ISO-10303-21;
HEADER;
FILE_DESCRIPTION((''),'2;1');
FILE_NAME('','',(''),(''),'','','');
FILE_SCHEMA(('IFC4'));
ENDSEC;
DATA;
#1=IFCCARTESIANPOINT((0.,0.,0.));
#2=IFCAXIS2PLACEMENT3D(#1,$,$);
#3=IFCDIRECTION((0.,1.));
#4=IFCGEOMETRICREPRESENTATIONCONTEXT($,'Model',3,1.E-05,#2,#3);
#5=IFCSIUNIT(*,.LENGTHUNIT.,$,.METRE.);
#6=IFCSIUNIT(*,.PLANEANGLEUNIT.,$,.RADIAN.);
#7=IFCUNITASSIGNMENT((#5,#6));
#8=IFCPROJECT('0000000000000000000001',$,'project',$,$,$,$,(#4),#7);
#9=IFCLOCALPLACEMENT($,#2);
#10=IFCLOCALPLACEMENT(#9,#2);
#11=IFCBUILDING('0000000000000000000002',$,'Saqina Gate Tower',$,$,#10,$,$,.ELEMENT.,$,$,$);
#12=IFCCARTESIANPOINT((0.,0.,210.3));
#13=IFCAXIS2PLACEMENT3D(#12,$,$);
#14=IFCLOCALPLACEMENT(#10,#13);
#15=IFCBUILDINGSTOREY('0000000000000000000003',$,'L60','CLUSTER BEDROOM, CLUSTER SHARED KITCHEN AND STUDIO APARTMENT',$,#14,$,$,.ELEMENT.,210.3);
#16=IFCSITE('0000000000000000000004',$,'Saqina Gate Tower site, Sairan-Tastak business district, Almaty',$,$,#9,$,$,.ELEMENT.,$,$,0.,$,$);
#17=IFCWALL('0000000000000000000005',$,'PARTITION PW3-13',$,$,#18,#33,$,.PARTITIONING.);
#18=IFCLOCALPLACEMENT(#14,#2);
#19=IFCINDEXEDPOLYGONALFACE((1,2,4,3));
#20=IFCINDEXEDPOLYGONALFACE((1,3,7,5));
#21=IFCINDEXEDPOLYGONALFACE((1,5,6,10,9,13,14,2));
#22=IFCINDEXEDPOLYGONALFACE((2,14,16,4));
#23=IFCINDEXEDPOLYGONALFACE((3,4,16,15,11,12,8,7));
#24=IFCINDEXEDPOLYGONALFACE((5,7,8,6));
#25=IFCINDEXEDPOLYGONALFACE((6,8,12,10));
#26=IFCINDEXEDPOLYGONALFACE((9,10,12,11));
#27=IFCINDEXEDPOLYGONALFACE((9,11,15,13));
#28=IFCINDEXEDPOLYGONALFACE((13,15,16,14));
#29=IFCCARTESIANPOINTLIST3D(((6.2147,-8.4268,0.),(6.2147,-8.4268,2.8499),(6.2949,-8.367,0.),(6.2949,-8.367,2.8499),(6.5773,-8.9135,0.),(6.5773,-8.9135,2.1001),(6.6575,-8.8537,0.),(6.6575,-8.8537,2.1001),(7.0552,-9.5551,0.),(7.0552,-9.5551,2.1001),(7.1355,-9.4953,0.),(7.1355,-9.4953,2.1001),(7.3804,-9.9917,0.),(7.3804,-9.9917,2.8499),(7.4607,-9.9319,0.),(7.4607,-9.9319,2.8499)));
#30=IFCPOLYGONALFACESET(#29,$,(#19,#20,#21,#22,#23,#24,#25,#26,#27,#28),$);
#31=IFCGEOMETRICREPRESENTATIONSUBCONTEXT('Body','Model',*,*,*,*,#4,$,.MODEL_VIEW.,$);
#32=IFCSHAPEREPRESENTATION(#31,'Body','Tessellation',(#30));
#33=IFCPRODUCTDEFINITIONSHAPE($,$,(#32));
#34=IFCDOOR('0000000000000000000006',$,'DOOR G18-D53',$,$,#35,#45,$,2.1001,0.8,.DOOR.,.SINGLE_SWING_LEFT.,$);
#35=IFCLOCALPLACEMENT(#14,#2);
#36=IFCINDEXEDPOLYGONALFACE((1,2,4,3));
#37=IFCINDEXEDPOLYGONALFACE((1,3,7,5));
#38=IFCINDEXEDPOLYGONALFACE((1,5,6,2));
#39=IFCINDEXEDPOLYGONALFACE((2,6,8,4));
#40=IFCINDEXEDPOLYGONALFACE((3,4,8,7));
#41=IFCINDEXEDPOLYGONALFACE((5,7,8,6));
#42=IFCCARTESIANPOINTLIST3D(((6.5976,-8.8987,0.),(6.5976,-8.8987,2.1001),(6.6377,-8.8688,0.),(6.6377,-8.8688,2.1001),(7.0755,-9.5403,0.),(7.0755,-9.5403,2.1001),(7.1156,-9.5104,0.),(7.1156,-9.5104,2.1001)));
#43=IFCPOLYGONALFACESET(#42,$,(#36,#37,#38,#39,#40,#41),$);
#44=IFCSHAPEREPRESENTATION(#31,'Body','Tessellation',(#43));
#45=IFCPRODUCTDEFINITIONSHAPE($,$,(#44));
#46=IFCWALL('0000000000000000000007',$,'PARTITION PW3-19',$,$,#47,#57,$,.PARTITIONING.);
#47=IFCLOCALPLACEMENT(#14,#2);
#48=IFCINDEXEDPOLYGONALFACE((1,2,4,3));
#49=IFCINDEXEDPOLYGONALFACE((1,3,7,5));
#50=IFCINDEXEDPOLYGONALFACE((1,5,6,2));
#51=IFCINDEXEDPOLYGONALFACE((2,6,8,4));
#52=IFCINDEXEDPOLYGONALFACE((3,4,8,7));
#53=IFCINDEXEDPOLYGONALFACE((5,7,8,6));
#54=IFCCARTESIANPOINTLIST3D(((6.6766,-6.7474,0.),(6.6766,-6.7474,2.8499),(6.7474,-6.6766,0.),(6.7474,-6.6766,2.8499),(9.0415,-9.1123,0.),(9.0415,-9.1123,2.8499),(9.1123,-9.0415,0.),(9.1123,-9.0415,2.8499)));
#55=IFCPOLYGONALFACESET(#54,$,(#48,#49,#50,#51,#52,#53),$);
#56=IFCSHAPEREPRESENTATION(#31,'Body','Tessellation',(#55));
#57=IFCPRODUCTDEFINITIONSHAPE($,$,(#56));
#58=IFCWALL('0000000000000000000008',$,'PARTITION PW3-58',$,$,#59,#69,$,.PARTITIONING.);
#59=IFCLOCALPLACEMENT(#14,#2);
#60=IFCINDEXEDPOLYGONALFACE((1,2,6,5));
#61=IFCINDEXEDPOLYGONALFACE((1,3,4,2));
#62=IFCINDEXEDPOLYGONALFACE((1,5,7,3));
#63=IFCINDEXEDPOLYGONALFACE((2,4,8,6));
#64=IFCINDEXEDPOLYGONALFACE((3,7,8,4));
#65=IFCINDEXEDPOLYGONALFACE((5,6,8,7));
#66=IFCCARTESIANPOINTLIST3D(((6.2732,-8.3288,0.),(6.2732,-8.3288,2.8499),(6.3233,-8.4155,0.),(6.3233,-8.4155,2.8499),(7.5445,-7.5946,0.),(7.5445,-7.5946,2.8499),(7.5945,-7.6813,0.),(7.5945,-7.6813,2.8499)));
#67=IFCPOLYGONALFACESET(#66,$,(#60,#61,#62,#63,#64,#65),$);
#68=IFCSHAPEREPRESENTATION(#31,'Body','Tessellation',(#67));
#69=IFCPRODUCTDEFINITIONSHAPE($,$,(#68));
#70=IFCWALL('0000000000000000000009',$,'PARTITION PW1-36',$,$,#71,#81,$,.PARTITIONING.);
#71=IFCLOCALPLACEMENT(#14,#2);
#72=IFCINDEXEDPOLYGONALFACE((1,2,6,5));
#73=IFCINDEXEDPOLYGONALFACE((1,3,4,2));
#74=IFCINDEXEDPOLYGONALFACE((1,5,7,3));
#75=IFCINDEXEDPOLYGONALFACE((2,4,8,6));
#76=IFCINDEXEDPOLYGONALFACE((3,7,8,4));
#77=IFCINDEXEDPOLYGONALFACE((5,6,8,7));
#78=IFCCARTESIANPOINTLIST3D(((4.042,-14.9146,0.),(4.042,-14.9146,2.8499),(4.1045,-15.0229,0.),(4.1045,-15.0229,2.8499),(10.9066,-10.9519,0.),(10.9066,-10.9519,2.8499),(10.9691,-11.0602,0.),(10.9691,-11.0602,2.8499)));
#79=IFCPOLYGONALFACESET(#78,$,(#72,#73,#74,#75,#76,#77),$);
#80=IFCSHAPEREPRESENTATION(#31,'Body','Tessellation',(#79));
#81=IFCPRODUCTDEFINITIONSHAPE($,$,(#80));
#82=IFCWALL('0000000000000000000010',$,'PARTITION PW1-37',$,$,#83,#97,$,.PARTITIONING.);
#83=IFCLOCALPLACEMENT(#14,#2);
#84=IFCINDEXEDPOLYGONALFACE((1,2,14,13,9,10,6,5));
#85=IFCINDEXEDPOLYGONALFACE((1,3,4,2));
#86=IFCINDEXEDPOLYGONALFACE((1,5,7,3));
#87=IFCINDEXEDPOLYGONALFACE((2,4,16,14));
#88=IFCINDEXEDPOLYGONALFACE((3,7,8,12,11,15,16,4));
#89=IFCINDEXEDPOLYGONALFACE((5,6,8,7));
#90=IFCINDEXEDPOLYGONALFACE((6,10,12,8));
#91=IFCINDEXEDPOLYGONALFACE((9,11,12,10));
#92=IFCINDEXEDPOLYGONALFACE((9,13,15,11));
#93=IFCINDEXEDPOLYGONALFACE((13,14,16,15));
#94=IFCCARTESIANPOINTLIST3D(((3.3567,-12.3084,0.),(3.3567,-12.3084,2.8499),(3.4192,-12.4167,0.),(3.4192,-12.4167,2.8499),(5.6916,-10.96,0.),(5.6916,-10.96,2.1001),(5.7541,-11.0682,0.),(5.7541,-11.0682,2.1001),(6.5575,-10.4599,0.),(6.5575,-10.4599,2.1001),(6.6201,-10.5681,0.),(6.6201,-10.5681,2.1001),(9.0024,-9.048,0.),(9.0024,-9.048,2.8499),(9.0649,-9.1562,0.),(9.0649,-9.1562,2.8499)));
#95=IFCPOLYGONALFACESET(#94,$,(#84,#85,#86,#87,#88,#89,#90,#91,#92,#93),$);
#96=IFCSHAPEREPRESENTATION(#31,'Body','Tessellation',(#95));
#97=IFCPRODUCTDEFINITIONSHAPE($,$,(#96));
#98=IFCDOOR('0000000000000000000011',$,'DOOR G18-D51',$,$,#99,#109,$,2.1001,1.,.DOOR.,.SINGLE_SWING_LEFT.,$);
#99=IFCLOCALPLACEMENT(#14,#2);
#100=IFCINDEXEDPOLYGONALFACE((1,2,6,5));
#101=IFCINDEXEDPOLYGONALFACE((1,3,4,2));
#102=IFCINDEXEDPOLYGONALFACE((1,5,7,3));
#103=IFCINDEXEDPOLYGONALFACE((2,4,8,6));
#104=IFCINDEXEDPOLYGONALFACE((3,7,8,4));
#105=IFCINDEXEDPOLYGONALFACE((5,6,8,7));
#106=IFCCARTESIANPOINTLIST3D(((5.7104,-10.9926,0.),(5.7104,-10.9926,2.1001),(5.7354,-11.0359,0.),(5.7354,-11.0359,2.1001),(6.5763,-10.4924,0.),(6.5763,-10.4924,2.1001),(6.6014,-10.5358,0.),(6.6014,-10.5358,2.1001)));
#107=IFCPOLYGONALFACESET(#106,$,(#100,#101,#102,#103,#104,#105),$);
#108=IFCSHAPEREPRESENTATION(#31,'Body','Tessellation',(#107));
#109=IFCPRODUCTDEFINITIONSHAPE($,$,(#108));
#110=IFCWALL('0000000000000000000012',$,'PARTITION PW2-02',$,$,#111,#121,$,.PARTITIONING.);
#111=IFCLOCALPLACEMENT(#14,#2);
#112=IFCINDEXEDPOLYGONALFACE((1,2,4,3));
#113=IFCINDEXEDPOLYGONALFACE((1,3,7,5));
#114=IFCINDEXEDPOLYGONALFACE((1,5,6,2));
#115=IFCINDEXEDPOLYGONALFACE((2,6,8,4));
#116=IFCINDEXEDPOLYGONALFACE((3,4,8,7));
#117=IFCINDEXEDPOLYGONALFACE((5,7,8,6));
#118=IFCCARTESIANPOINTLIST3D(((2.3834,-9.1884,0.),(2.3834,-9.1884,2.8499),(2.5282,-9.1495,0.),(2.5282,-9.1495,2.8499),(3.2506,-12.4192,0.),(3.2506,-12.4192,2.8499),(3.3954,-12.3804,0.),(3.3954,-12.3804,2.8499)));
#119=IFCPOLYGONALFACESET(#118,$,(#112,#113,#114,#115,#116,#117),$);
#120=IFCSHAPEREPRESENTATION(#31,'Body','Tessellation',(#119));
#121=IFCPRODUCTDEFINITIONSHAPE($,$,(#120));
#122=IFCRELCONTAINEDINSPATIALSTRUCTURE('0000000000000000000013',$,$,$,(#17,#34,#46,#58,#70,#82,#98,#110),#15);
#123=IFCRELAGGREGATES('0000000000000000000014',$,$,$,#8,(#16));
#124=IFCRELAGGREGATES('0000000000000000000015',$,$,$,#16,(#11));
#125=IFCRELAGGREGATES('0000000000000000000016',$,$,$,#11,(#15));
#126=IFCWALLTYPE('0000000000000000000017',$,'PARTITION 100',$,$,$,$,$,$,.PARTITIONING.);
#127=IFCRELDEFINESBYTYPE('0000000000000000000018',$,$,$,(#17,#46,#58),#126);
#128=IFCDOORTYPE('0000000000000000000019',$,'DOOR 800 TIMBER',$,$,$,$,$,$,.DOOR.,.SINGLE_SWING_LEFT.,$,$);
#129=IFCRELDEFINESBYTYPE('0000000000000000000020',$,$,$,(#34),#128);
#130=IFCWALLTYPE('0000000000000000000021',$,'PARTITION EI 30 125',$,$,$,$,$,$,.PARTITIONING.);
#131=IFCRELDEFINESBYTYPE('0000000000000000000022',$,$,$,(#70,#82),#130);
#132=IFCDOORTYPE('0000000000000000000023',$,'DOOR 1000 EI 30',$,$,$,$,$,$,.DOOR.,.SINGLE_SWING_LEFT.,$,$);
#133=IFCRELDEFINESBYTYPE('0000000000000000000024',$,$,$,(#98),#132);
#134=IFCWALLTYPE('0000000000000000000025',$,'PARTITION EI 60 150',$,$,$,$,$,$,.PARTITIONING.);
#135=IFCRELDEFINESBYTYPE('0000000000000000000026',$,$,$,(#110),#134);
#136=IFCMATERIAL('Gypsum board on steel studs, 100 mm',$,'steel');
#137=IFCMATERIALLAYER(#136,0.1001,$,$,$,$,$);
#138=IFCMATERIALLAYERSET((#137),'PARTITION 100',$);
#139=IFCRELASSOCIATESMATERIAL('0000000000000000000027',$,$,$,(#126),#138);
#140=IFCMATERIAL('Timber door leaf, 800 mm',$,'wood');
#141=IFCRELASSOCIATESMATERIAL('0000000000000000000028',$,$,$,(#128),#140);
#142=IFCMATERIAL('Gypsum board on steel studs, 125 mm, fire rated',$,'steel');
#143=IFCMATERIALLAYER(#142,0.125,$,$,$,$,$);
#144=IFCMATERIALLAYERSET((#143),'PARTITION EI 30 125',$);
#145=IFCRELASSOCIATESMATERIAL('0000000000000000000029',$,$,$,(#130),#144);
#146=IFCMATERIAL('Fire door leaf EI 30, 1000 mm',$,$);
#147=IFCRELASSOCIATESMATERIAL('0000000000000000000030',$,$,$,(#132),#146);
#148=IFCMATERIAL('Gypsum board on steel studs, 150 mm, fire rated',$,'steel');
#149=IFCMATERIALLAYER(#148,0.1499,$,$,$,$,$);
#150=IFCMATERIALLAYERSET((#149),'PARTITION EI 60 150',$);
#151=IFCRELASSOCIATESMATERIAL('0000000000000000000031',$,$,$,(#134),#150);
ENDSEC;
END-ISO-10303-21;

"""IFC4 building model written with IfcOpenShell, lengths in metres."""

from ifc_helpers import new_model, si_unit, direction, frame, frame_2d, origin, place, context, subcontext, project, spatial, rectangle, extrude, material, layer, layer_set, type_object, element, fill, save


model = new_model("IFC4")

# Units and contexts
model_context = context("Model", 3, precision=1e-05, world=origin(), true_north=direction((0.0, 1.0)))
body_context = subcontext(model_context, "Body", "Model", "MODEL_VIEW")
ifc_project = project(units=[si_unit("LENGTHUNIT", "METRE"), si_unit("PLANEANGLEUNIT", "RADIAN")], contexts=[model_context])

# Site, building, storey
site_placement = place(None, origin())
site = spatial("IfcSite", under=ifc_project, at=site_placement, Name="Saqina Gate Tower site, Sairan-Tastak business district, Almaty", CompositionType="ELEMENT", RefElevation=0.0)
building_placement = place(site_placement, origin())
building = spatial("IfcBuilding", under=site, at=building_placement, Name="Saqina Gate Tower", CompositionType="ELEMENT")
storey_placement = place(building_placement, frame((0.0, 0.0, 210.3)))
storey = spatial("IfcBuildingStorey", under=building, at=storey_placement, Name="L60", Description="CLUSTER BEDROOM, CLUSTER SHARED KITCHEN AND STUDIO APARTMENT", CompositionType="ELEMENT", Elevation=210.3)

# Shared definitions
ifc_material_1 = material(Name="Gypsum board on steel studs, 100 mm", Category="steel")
ifc_layer_1 = layer(ifc_material_1, 0.1001)
ifc_layer_set_1 = layer_set([ifc_layer_1], Name="PARTITION 100")
wall_type_1 = type_object("IfcWallType", Name="PARTITION 100", PredefinedType="PARTITIONING", material=ifc_layer_set_1)

# Wall, opening, door
wall_1_placement = place(storey_placement, frame((6.2549, -8.397, 0.0), z_axis=(0.0, 0.0, 1.0), x_axis=(0.597395, -0.801947, 0.0)))
wall_1 = element("IfcWall", 1, at=wall_1_placement, inside=storey, type_object=wall_type_1, Name="PARTITION PW3-13", PredefinedType="PARTITIONING", context=body_context, shape_type="SweptSolid", body=[
    extrude(rectangle(XDim=1.9514, YDim=0.1001, at=frame_2d((0.9756, 0.0))), origin(), (0.0, 0.0, 1.0), 2.8499),
])
opening_1_placement = place(wall_1_placement, frame((0.6069, 0.0, 0.0)))
opening_1 = element("IfcOpeningElement", 2, at=opening_1_placement, cuts=wall_1, PredefinedType="OPENING", context=body_context, shape_type="SweptSolid", body=[
    extrude(rectangle(XDim=0.8, YDim=2.1001, at=frame_2d((0.3999, 1.05))), frame((0.0, 0.062, 0.0), z_axis=(0.0, -1.0, 0.0), x_axis=(1.0, 0.0, 0.0)), (0.0, 0.0, 1.0), 0.124),
])
ifc_material_2 = material(Name="Timber door leaf, 800 mm", Category="wood")
door_type_1 = type_object("IfcDoorType", Name="DOOR 800 TIMBER", OperationType="SINGLE_SWING_LEFT", PredefinedType="DOOR", material=ifc_material_2)
door_1_placement = place(opening_1_placement, frame((0.8, 0.0, 0.0), z_axis=(0.0, 0.0, 1.0), x_axis=(-1.0, 0.0, 0.0)))
door_1 = element("IfcDoor", 3, at=door_1_placement, inside=storey, type_object=door_type_1, Name="DOOR G18-D53", OperationType="SINGLE_SWING_LEFT", OverallHeight=2.1001, OverallWidth=0.8, PredefinedType="DOOR", context=body_context, shape_type="SweptSolid", body=[
    extrude(rectangle(XDim=0.8, YDim=2.1001, at=frame_2d((0.3999, 1.05))), frame((0.0, 0.0249, 0.0), z_axis=(0.0, -1.0, 0.0), x_axis=(1.0, 0.0, 0.0)), (0.0, 0.0, 1.0), 0.05),
])
fill(opening_1, door_1)

# Walls
wall_2_placement = place(storey_placement, frame((6.7119, -6.7119, 0.0), z_axis=(0.0, 0.0, 1.0), x_axis=(0.707107, -0.707107, 0.0)))
element("IfcWall", 4, at=wall_2_placement, inside=storey, type_object=wall_type_1, Name="PARTITION PW3-19", PredefinedType="PARTITIONING", context=body_context, shape_type="SweptSolid", body=[
    extrude(rectangle(XDim=3.3445, YDim=0.1001, at=frame_2d((1.6724, 0.0))), origin(), (0.0, 0.0, 1.0), 2.8499),
])
wall_3_placement = place(storey_placement, frame((6.2983, -8.3721, 0.0), z_axis=(0.0, 0.0, 1.0), x_axis=(0.865972, 0.500092, 0.0)))
element("IfcWall", 5, at=wall_3_placement, inside=storey, type_object=wall_type_1, Name="PARTITION PW3-58", PredefinedType="PARTITIONING", context=body_context, shape_type="SweptSolid", body=[
    extrude(rectangle(XDim=1.468, YDim=0.1001, at=frame_2d((0.7339, 0.0))), origin(), (0.0, 0.0, 1.0), 2.8499),
])
ifc_material_3 = material(Name="Gypsum board on steel studs, 125 mm, fire rated", Category="steel")
ifc_layer_2 = layer(ifc_material_3, 0.125)
ifc_layer_set_2 = layer_set([ifc_layer_2], Name="PARTITION EI 30 125")
wall_type_2 = type_object("IfcWallType", Name="PARTITION EI 30 125", PredefinedType="PARTITIONING", material=ifc_layer_set_2)
wall_4_placement = place(storey_placement, frame((4.0732, -14.9688, 0.0), z_axis=(0.0, 0.0, 1.0), x_axis=(0.866057, 0.499946, 0.0)))
element("IfcWall", 6, at=wall_4_placement, inside=storey, type_object=wall_type_2, Name="PARTITION PW1-36", PredefinedType="PARTITIONING", context=body_context, shape_type="SweptSolid", body=[
    extrude(rectangle(XDim=7.9263, YDim=0.125, at=frame_2d((3.9631, 0.0))), origin(), (0.0, 0.0, 1.0), 2.8499),
])

# Wall, opening, door
wall_5_placement = place(storey_placement, frame((3.3879, -12.3625, 0.0), z_axis=(0.0, 0.0, 1.0), x_axis=(0.865964, 0.500106, 0.0)))
wall_5 = element("IfcWall", 7, at=wall_5_placement, inside=storey, type_object=wall_type_2, Name="PARTITION PW1-37", PredefinedType="PARTITIONING", context=body_context, shape_type="SweptSolid", body=[
    extrude(rectangle(XDim=6.5195, YDim=0.125, at=frame_2d((3.2598, 0.0))), origin(), (0.0, 0.0, 1.0), 2.8499),
])
opening_2_placement = place(wall_5_placement, frame((2.6963, 0.0, 0.0)))
opening_2 = element("IfcOpeningElement", 8, at=opening_2_placement, cuts=wall_5, PredefinedType="OPENING", context=body_context, shape_type="SweptSolid", body=[
    extrude(rectangle(XDim=1.0, YDim=2.1001, at=frame_2d((0.5, 1.05))), frame((0.0, 0.0745, 0.0), z_axis=(0.0, -1.0, 0.0), x_axis=(1.0, 0.0, 0.0)), (0.0, 0.0, 1.0), 0.1489),
])
ifc_material_4 = material(Name="Fire door leaf EI 30, 1000 mm")
door_type_2 = type_object("IfcDoorType", Name="DOOR 1000 EI 30", OperationType="SINGLE_SWING_LEFT", PredefinedType="DOOR", material=ifc_material_4)
door_2_placement = place(opening_2_placement, origin())
door_2 = element("IfcDoor", 9, at=door_2_placement, inside=storey, type_object=door_type_2, Name="DOOR G18-D51", OperationType="SINGLE_SWING_LEFT", OverallHeight=2.1001, OverallWidth=1.0, PredefinedType="DOOR", context=body_context, shape_type="SweptSolid", body=[
    extrude(rectangle(XDim=1.0, YDim=2.1001, at=frame_2d((0.5, 1.05))), frame((0.0, 0.0249, 0.0), z_axis=(0.0, -1.0, 0.0), x_axis=(1.0, 0.0, 0.0)), (0.0, 0.0, 1.0), 0.05),
])
fill(opening_2, door_2)

# Wall
ifc_material_5 = material(Name="Gypsum board on steel studs, 150 mm, fire rated", Category="steel")
ifc_layer_3 = layer(ifc_material_5, 0.1499)
ifc_layer_set_3 = layer_set([ifc_layer_3], Name="PARTITION EI 60 150")
wall_type_3 = type_object("IfcWallType", Name="PARTITION EI 60 150", PredefinedType="PARTITIONING", material=ifc_layer_set_3)
wall_6_placement = place(storey_placement, frame((2.4558, -9.1689, 0.0), z_axis=(0.0, 0.0, 1.0), x_axis=(0.259225, -0.965817, 0.0)))
element("IfcWall", 10, at=wall_6_placement, inside=storey, type_object=wall_type_3, Name="PARTITION PW2-02", PredefinedType="PARTITIONING", context=body_context, shape_type="SweptSolid", body=[
    extrude(rectangle(XDim=3.3452, YDim=0.1499, at=frame_2d((1.6726, 0.0))), origin(), (0.0, 0.0, 1.0), 2.8499),
])

save(model, "model.ifc")
